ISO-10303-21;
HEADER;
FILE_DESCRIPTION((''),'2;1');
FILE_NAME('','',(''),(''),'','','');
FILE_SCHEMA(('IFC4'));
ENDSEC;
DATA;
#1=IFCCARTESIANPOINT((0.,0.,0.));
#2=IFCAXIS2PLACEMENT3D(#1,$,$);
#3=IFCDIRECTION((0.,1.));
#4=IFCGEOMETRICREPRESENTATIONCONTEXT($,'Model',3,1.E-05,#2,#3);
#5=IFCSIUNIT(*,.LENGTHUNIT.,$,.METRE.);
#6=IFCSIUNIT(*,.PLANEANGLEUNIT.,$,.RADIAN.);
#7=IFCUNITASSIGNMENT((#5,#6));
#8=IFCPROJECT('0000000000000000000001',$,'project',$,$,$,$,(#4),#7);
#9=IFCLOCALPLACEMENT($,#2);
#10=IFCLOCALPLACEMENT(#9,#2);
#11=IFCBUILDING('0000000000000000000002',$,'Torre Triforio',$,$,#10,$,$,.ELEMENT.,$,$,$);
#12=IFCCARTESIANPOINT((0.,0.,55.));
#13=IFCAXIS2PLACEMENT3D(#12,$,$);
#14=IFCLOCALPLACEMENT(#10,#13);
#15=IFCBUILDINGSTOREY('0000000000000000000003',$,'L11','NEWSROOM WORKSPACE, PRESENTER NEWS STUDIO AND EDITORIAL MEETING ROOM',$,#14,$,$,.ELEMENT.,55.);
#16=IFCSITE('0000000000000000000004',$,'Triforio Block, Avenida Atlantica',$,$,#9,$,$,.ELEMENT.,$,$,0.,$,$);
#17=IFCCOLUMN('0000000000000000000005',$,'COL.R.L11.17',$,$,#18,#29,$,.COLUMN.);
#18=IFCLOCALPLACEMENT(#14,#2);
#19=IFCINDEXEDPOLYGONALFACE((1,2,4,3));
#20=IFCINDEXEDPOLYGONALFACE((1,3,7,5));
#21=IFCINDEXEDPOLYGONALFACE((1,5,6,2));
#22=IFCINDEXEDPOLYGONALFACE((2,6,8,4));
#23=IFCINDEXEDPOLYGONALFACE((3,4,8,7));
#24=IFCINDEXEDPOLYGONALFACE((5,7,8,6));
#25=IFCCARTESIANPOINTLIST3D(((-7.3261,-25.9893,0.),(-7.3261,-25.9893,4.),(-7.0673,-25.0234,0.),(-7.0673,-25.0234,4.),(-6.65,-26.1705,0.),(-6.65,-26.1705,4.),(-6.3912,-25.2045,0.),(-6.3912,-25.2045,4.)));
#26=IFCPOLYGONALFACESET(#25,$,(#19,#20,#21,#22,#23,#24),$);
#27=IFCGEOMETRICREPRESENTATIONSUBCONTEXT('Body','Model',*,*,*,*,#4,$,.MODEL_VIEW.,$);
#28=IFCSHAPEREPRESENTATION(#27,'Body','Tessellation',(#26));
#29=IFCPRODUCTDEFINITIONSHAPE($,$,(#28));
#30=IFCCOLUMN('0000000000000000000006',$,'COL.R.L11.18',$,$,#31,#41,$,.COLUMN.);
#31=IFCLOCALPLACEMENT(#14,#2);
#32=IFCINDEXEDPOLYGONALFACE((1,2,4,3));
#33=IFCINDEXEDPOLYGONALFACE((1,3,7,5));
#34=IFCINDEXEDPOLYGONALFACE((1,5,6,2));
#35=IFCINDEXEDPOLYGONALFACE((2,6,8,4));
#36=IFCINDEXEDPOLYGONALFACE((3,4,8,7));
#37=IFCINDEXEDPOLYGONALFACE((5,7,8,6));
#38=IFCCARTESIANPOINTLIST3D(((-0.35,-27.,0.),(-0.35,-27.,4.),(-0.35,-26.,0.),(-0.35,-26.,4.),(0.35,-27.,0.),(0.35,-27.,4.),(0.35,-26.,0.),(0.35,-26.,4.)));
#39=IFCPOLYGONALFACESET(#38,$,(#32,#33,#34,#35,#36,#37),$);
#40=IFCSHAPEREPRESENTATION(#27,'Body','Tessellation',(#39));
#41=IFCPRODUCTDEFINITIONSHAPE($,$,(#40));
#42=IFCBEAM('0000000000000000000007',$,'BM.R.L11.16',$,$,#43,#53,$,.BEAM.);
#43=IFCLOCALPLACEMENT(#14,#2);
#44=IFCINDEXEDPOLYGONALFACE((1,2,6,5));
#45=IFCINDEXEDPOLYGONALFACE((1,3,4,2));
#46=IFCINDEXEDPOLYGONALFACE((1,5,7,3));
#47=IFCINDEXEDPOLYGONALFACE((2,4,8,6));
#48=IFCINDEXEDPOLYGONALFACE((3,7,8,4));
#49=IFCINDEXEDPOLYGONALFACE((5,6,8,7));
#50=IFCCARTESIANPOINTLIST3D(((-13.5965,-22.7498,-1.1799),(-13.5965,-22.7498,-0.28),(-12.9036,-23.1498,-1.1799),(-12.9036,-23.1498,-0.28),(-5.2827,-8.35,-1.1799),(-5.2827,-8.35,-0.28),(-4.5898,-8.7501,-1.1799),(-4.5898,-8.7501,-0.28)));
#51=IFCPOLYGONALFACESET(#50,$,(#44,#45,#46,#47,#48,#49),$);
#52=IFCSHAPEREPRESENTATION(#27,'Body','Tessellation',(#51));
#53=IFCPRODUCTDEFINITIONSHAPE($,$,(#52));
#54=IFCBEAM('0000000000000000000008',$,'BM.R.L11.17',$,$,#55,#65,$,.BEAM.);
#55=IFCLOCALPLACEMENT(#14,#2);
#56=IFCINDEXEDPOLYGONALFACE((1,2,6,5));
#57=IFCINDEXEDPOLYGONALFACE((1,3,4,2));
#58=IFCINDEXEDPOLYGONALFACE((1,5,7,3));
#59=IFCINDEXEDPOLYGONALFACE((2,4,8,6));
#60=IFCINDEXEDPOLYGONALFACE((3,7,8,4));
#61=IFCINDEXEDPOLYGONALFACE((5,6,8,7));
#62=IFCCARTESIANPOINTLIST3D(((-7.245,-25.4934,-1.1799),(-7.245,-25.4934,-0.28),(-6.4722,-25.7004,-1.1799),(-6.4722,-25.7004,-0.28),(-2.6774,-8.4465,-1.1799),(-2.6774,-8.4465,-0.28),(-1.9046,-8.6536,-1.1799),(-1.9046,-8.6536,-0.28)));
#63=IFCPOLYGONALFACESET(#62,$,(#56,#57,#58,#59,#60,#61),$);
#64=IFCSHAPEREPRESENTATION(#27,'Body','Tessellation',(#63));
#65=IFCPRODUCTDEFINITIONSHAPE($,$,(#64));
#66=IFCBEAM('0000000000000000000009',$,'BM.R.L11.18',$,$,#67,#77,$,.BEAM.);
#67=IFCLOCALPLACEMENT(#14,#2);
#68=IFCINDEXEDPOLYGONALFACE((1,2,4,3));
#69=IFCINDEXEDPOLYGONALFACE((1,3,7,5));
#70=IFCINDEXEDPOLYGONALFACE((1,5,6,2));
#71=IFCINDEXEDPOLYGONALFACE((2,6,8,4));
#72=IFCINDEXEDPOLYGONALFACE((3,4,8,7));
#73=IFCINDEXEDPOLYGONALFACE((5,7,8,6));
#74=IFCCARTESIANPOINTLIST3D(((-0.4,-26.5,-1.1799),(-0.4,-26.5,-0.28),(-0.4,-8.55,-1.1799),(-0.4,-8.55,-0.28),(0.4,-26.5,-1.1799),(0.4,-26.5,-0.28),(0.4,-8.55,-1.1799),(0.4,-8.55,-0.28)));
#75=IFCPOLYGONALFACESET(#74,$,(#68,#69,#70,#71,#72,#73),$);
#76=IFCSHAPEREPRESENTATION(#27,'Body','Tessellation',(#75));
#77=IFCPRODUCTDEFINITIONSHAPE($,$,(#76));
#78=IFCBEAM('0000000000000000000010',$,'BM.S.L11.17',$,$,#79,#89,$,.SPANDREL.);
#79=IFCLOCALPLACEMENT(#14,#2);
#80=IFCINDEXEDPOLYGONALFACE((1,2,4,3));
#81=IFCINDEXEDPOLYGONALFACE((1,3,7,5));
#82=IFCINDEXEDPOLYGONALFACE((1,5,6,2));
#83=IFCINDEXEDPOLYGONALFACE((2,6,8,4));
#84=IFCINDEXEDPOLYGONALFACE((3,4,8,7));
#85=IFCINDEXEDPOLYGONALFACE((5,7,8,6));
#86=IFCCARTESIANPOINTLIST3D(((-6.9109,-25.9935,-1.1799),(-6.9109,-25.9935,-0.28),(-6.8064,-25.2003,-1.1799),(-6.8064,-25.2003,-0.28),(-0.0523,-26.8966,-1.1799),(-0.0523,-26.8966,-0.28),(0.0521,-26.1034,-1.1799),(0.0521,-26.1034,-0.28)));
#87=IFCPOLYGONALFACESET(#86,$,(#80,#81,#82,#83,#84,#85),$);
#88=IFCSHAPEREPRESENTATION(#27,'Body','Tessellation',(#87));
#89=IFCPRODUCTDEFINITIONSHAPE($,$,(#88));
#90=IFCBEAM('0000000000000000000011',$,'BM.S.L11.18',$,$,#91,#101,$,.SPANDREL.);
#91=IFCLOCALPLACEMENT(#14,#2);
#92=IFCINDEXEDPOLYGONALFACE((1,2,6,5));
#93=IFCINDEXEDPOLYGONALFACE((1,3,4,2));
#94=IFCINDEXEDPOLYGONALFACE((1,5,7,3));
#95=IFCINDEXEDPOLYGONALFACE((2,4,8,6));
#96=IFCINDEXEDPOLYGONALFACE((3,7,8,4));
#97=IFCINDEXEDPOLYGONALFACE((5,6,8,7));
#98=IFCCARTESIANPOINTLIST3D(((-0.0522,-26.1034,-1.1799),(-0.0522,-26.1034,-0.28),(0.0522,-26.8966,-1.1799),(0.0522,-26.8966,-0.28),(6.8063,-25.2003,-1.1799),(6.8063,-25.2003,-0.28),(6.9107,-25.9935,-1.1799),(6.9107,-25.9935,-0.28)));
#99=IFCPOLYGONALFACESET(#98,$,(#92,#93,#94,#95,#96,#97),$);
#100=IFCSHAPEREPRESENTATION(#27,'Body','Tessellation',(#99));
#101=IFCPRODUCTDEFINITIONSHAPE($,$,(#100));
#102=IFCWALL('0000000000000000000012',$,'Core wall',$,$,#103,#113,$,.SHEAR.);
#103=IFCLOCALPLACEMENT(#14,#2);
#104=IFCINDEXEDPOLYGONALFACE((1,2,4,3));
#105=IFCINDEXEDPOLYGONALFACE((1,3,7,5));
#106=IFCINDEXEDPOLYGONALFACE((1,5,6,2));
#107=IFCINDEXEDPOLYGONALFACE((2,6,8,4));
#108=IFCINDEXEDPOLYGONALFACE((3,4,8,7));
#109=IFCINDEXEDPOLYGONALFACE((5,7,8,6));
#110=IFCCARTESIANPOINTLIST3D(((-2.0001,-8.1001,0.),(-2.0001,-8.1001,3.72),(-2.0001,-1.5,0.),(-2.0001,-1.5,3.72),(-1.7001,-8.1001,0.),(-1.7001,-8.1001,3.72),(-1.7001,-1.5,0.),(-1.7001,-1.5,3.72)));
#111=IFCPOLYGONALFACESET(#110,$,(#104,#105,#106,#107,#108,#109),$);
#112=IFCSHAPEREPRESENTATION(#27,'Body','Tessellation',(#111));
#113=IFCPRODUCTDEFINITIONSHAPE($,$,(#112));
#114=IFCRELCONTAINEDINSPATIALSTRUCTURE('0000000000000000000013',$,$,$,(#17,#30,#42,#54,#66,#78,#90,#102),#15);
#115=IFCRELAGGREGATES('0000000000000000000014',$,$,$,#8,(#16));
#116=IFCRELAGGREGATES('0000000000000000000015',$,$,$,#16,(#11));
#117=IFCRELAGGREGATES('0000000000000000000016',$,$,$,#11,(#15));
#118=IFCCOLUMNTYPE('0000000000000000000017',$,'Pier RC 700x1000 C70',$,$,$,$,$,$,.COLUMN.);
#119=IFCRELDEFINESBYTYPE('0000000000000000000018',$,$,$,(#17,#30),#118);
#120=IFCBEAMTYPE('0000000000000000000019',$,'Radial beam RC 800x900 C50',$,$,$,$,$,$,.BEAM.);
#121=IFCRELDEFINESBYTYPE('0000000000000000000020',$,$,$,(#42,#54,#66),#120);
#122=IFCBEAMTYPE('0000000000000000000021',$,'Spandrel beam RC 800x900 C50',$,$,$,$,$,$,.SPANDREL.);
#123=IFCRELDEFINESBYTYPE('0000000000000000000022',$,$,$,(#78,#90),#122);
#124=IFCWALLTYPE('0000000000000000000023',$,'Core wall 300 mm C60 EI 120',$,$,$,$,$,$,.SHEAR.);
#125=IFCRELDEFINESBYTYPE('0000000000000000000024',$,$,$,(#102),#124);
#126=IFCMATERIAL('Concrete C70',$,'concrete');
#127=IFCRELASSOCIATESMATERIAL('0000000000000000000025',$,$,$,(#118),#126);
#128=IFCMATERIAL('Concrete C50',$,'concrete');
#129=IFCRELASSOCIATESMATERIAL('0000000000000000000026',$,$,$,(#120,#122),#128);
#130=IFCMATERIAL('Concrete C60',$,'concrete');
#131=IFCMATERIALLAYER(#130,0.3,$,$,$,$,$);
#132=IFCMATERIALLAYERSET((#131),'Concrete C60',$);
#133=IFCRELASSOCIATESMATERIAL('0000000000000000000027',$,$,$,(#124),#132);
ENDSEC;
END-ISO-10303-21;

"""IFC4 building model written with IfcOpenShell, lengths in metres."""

from ifc_helpers import new_model, si_unit, direction, frame, frame_2d, origin, origin_2d, place, context, subcontext, project, spatial, rectangle, extrude, material, layer, layer_set, material_profile, profile_set, type_object, element, save


model = new_model("IFC4")

# Units and contexts
model_context = context("Model", 3, precision=1e-05, world=origin(), true_north=direction((0.0, 1.0)))
body_context = subcontext(model_context, "Body", "Model", "MODEL_VIEW")
ifc_project = project(units=[si_unit("LENGTHUNIT", "METRE"), si_unit("PLANEANGLEUNIT", "RADIAN")], contexts=[model_context])

# Site, building, storey
site_placement = place(None, origin())
site = spatial("IfcSite", under=ifc_project, at=site_placement, Name="Triforio Block, Avenida Atlantica", CompositionType="ELEMENT", RefElevation=0.0)
building_placement = place(site_placement, origin())
building = spatial("IfcBuilding", under=site, at=building_placement, Name="Torre Triforio", CompositionType="ELEMENT")
storey_placement = place(building_placement, frame((0.0, 0.0, 55.0)))
storey = spatial("IfcBuildingStorey", under=building, at=storey_placement, Name="L11", Description="NEWSROOM WORKSPACE, PRESENTER NEWS STUDIO AND EDITORIAL MEETING ROOM", CompositionType="ELEMENT", Elevation=55.0)

# Columns
ifc_material_1 = material(Name="Concrete C70", Category="concrete")
ifc_material_profile_1 = material_profile(ifc_material_1, rectangle(XDim=0.7, YDim=1.0, at=origin_2d()), Name="RC 700x1000")
ifc_profile_set_1 = profile_set([ifc_material_profile_1], Name="Concrete C70")
column_type = type_object("IfcColumnType", Name="Pier RC 700x1000 C70", PredefinedType="COLUMN", material=ifc_profile_set_1)
for number, where, z_axis, x_axis, name in (
    (1, (-6.8586, -25.5969, 0.0), (0.0, 0.0, 1.0), (0.965926, -0.258819, 0.0), "COL.R.L11.17"),
    (2, (0.0, -26.5, 0.0), (0.0, 0.0, 1.0), (1.0, 0.0, 0.0), "COL.R.L11.18"),
):
    element("IfcColumn", number, at=place(storey_placement, frame(where, z_axis=z_axis, x_axis=x_axis)), inside=storey, type_object=column_type, Name=name, PredefinedType="COLUMN", context=body_context, shape_type="SweptSolid", body=[
        extrude(rectangle(XDim=0.7, YDim=1.0, at=origin_2d()), origin(), (0.0, 0.0, 1.0), 4.0),
    ])

# Beams
ifc_material_2 = material(Name="Concrete C50", Category="concrete")
ifc_material_profile_2 = material_profile(ifc_material_2, rectangle(XDim=0.8, YDim=0.8999, at=origin_2d()), Name="RC 800x900")
ifc_profile_set_2 = profile_set([ifc_material_profile_2], Name="Concrete C50")
beam_type_1 = type_object("IfcBeamType", Name="Radial beam RC 800x900 C50", PredefinedType="BEAM", material=ifc_profile_set_2)
beam_1_placement = place(storey_placement, frame((-4.9363, -8.55, -0.73), z_axis=(-0.500003, -0.866023, 0.0), x_axis=(0.866023, -0.500003, 0.0)))
element("IfcBeam", 3, at=beam_1_placement, inside=storey, type_object=beam_type_1, Name="BM.R.L11.16", PredefinedType="BEAM", context=body_context, shape_type="SweptSolid", body=[
    extrude(rectangle(XDim=0.8, YDim=0.8999, at=origin_2d()), origin(), (0.0, 0.0, 1.0), 16.6274),
])
beam_2_placement = place(storey_placement, frame((-2.291, -8.55, -0.73), z_axis=(-0.258815, -0.965927, 0.0), x_axis=(0.965927, -0.258815, 0.0)))
element("IfcBeam", 4, at=beam_2_placement, inside=storey, type_object=beam_type_1, Name="BM.R.L11.17", PredefinedType="BEAM", context=body_context, shape_type="SweptSolid", body=[
    extrude(rectangle(XDim=0.8, YDim=0.8999, at=origin_2d()), origin(), (0.0, 0.0, 1.0), 17.6482),
])
beam_3_placement = place(storey_placement, frame((0.0, -8.55, -0.73), z_axis=(0.0, -1.0, 0.0), x_axis=(1.0, 0.0, 0.0)))
element("IfcBeam", 5, at=beam_3_placement, inside=storey, type_object=beam_type_1, Name="BM.R.L11.18", PredefinedType="BEAM", context=body_context, shape_type="SweptSolid", body=[
    extrude(rectangle(XDim=0.8, YDim=0.8999, at=origin_2d()), origin(), (0.0, 0.0, 1.0), 17.95),
])
ifc_material_profile_3 = material_profile(ifc_material_2, rectangle(XDim=0.8, YDim=0.8999, at=origin_2d()), Name="RC 800x900")
ifc_profile_set_3 = profile_set([ifc_material_profile_3], Name="Concrete C50")
beam_type_2 = type_object("IfcBeamType", Name="Spandrel beam RC 800x900 C50", PredefinedType="SPANDREL", material=ifc_profile_set_3)
for number, where, z_axis, x_axis, name in (
    (6, (-6.8586, -25.5969, -0.73), (0.991443, -0.130543, 0.0), (0.130543, 0.991443, 0.0), "BM.S.L11.17"),
    (7, (0.0, -26.5, -0.73), (0.991443, 0.130543, 0.0), (-0.130543, 0.991443, 0.0), "BM.S.L11.18"),
):
    element("IfcBeam", number, at=place(storey_placement, frame(where, z_axis=z_axis, x_axis=x_axis)), inside=storey, type_object=beam_type_2, Name=name, PredefinedType="SPANDREL", context=body_context, shape_type="SweptSolid", body=[
        extrude(rectangle(XDim=0.8, YDim=0.8999, at=origin_2d()), origin(), (0.0, 0.0, 1.0), 6.9177),
    ])

# Wall
ifc_material_3 = material(Name="Concrete C60", Category="concrete")
ifc_layer_1 = layer(ifc_material_3, 0.3)
ifc_layer_set_1 = layer_set([ifc_layer_1], Name="Concrete C60")
wall_type_1 = type_object("IfcWallType", Name="Core wall 300 mm C60 EI 120", PredefinedType="SHEAR", material=ifc_layer_set_1)
wall_1_placement = place(storey_placement, frame((-1.8501, -8.1001, 0.0), z_axis=(0.0, 0.0, 1.0), x_axis=(0.0, 1.0, 0.0)))
element("IfcWall", 8, at=wall_1_placement, inside=storey, type_object=wall_type_1, Name="Core wall", PredefinedType="SHEAR", context=body_context, shape_type="SweptSolid", body=[
    extrude(rectangle(XDim=6.6001, YDim=0.3, at=frame_2d((3.3, 0.0))), origin(), (0.0, 0.0, 1.0), 3.72),
])

save(model, "model.ifc")
